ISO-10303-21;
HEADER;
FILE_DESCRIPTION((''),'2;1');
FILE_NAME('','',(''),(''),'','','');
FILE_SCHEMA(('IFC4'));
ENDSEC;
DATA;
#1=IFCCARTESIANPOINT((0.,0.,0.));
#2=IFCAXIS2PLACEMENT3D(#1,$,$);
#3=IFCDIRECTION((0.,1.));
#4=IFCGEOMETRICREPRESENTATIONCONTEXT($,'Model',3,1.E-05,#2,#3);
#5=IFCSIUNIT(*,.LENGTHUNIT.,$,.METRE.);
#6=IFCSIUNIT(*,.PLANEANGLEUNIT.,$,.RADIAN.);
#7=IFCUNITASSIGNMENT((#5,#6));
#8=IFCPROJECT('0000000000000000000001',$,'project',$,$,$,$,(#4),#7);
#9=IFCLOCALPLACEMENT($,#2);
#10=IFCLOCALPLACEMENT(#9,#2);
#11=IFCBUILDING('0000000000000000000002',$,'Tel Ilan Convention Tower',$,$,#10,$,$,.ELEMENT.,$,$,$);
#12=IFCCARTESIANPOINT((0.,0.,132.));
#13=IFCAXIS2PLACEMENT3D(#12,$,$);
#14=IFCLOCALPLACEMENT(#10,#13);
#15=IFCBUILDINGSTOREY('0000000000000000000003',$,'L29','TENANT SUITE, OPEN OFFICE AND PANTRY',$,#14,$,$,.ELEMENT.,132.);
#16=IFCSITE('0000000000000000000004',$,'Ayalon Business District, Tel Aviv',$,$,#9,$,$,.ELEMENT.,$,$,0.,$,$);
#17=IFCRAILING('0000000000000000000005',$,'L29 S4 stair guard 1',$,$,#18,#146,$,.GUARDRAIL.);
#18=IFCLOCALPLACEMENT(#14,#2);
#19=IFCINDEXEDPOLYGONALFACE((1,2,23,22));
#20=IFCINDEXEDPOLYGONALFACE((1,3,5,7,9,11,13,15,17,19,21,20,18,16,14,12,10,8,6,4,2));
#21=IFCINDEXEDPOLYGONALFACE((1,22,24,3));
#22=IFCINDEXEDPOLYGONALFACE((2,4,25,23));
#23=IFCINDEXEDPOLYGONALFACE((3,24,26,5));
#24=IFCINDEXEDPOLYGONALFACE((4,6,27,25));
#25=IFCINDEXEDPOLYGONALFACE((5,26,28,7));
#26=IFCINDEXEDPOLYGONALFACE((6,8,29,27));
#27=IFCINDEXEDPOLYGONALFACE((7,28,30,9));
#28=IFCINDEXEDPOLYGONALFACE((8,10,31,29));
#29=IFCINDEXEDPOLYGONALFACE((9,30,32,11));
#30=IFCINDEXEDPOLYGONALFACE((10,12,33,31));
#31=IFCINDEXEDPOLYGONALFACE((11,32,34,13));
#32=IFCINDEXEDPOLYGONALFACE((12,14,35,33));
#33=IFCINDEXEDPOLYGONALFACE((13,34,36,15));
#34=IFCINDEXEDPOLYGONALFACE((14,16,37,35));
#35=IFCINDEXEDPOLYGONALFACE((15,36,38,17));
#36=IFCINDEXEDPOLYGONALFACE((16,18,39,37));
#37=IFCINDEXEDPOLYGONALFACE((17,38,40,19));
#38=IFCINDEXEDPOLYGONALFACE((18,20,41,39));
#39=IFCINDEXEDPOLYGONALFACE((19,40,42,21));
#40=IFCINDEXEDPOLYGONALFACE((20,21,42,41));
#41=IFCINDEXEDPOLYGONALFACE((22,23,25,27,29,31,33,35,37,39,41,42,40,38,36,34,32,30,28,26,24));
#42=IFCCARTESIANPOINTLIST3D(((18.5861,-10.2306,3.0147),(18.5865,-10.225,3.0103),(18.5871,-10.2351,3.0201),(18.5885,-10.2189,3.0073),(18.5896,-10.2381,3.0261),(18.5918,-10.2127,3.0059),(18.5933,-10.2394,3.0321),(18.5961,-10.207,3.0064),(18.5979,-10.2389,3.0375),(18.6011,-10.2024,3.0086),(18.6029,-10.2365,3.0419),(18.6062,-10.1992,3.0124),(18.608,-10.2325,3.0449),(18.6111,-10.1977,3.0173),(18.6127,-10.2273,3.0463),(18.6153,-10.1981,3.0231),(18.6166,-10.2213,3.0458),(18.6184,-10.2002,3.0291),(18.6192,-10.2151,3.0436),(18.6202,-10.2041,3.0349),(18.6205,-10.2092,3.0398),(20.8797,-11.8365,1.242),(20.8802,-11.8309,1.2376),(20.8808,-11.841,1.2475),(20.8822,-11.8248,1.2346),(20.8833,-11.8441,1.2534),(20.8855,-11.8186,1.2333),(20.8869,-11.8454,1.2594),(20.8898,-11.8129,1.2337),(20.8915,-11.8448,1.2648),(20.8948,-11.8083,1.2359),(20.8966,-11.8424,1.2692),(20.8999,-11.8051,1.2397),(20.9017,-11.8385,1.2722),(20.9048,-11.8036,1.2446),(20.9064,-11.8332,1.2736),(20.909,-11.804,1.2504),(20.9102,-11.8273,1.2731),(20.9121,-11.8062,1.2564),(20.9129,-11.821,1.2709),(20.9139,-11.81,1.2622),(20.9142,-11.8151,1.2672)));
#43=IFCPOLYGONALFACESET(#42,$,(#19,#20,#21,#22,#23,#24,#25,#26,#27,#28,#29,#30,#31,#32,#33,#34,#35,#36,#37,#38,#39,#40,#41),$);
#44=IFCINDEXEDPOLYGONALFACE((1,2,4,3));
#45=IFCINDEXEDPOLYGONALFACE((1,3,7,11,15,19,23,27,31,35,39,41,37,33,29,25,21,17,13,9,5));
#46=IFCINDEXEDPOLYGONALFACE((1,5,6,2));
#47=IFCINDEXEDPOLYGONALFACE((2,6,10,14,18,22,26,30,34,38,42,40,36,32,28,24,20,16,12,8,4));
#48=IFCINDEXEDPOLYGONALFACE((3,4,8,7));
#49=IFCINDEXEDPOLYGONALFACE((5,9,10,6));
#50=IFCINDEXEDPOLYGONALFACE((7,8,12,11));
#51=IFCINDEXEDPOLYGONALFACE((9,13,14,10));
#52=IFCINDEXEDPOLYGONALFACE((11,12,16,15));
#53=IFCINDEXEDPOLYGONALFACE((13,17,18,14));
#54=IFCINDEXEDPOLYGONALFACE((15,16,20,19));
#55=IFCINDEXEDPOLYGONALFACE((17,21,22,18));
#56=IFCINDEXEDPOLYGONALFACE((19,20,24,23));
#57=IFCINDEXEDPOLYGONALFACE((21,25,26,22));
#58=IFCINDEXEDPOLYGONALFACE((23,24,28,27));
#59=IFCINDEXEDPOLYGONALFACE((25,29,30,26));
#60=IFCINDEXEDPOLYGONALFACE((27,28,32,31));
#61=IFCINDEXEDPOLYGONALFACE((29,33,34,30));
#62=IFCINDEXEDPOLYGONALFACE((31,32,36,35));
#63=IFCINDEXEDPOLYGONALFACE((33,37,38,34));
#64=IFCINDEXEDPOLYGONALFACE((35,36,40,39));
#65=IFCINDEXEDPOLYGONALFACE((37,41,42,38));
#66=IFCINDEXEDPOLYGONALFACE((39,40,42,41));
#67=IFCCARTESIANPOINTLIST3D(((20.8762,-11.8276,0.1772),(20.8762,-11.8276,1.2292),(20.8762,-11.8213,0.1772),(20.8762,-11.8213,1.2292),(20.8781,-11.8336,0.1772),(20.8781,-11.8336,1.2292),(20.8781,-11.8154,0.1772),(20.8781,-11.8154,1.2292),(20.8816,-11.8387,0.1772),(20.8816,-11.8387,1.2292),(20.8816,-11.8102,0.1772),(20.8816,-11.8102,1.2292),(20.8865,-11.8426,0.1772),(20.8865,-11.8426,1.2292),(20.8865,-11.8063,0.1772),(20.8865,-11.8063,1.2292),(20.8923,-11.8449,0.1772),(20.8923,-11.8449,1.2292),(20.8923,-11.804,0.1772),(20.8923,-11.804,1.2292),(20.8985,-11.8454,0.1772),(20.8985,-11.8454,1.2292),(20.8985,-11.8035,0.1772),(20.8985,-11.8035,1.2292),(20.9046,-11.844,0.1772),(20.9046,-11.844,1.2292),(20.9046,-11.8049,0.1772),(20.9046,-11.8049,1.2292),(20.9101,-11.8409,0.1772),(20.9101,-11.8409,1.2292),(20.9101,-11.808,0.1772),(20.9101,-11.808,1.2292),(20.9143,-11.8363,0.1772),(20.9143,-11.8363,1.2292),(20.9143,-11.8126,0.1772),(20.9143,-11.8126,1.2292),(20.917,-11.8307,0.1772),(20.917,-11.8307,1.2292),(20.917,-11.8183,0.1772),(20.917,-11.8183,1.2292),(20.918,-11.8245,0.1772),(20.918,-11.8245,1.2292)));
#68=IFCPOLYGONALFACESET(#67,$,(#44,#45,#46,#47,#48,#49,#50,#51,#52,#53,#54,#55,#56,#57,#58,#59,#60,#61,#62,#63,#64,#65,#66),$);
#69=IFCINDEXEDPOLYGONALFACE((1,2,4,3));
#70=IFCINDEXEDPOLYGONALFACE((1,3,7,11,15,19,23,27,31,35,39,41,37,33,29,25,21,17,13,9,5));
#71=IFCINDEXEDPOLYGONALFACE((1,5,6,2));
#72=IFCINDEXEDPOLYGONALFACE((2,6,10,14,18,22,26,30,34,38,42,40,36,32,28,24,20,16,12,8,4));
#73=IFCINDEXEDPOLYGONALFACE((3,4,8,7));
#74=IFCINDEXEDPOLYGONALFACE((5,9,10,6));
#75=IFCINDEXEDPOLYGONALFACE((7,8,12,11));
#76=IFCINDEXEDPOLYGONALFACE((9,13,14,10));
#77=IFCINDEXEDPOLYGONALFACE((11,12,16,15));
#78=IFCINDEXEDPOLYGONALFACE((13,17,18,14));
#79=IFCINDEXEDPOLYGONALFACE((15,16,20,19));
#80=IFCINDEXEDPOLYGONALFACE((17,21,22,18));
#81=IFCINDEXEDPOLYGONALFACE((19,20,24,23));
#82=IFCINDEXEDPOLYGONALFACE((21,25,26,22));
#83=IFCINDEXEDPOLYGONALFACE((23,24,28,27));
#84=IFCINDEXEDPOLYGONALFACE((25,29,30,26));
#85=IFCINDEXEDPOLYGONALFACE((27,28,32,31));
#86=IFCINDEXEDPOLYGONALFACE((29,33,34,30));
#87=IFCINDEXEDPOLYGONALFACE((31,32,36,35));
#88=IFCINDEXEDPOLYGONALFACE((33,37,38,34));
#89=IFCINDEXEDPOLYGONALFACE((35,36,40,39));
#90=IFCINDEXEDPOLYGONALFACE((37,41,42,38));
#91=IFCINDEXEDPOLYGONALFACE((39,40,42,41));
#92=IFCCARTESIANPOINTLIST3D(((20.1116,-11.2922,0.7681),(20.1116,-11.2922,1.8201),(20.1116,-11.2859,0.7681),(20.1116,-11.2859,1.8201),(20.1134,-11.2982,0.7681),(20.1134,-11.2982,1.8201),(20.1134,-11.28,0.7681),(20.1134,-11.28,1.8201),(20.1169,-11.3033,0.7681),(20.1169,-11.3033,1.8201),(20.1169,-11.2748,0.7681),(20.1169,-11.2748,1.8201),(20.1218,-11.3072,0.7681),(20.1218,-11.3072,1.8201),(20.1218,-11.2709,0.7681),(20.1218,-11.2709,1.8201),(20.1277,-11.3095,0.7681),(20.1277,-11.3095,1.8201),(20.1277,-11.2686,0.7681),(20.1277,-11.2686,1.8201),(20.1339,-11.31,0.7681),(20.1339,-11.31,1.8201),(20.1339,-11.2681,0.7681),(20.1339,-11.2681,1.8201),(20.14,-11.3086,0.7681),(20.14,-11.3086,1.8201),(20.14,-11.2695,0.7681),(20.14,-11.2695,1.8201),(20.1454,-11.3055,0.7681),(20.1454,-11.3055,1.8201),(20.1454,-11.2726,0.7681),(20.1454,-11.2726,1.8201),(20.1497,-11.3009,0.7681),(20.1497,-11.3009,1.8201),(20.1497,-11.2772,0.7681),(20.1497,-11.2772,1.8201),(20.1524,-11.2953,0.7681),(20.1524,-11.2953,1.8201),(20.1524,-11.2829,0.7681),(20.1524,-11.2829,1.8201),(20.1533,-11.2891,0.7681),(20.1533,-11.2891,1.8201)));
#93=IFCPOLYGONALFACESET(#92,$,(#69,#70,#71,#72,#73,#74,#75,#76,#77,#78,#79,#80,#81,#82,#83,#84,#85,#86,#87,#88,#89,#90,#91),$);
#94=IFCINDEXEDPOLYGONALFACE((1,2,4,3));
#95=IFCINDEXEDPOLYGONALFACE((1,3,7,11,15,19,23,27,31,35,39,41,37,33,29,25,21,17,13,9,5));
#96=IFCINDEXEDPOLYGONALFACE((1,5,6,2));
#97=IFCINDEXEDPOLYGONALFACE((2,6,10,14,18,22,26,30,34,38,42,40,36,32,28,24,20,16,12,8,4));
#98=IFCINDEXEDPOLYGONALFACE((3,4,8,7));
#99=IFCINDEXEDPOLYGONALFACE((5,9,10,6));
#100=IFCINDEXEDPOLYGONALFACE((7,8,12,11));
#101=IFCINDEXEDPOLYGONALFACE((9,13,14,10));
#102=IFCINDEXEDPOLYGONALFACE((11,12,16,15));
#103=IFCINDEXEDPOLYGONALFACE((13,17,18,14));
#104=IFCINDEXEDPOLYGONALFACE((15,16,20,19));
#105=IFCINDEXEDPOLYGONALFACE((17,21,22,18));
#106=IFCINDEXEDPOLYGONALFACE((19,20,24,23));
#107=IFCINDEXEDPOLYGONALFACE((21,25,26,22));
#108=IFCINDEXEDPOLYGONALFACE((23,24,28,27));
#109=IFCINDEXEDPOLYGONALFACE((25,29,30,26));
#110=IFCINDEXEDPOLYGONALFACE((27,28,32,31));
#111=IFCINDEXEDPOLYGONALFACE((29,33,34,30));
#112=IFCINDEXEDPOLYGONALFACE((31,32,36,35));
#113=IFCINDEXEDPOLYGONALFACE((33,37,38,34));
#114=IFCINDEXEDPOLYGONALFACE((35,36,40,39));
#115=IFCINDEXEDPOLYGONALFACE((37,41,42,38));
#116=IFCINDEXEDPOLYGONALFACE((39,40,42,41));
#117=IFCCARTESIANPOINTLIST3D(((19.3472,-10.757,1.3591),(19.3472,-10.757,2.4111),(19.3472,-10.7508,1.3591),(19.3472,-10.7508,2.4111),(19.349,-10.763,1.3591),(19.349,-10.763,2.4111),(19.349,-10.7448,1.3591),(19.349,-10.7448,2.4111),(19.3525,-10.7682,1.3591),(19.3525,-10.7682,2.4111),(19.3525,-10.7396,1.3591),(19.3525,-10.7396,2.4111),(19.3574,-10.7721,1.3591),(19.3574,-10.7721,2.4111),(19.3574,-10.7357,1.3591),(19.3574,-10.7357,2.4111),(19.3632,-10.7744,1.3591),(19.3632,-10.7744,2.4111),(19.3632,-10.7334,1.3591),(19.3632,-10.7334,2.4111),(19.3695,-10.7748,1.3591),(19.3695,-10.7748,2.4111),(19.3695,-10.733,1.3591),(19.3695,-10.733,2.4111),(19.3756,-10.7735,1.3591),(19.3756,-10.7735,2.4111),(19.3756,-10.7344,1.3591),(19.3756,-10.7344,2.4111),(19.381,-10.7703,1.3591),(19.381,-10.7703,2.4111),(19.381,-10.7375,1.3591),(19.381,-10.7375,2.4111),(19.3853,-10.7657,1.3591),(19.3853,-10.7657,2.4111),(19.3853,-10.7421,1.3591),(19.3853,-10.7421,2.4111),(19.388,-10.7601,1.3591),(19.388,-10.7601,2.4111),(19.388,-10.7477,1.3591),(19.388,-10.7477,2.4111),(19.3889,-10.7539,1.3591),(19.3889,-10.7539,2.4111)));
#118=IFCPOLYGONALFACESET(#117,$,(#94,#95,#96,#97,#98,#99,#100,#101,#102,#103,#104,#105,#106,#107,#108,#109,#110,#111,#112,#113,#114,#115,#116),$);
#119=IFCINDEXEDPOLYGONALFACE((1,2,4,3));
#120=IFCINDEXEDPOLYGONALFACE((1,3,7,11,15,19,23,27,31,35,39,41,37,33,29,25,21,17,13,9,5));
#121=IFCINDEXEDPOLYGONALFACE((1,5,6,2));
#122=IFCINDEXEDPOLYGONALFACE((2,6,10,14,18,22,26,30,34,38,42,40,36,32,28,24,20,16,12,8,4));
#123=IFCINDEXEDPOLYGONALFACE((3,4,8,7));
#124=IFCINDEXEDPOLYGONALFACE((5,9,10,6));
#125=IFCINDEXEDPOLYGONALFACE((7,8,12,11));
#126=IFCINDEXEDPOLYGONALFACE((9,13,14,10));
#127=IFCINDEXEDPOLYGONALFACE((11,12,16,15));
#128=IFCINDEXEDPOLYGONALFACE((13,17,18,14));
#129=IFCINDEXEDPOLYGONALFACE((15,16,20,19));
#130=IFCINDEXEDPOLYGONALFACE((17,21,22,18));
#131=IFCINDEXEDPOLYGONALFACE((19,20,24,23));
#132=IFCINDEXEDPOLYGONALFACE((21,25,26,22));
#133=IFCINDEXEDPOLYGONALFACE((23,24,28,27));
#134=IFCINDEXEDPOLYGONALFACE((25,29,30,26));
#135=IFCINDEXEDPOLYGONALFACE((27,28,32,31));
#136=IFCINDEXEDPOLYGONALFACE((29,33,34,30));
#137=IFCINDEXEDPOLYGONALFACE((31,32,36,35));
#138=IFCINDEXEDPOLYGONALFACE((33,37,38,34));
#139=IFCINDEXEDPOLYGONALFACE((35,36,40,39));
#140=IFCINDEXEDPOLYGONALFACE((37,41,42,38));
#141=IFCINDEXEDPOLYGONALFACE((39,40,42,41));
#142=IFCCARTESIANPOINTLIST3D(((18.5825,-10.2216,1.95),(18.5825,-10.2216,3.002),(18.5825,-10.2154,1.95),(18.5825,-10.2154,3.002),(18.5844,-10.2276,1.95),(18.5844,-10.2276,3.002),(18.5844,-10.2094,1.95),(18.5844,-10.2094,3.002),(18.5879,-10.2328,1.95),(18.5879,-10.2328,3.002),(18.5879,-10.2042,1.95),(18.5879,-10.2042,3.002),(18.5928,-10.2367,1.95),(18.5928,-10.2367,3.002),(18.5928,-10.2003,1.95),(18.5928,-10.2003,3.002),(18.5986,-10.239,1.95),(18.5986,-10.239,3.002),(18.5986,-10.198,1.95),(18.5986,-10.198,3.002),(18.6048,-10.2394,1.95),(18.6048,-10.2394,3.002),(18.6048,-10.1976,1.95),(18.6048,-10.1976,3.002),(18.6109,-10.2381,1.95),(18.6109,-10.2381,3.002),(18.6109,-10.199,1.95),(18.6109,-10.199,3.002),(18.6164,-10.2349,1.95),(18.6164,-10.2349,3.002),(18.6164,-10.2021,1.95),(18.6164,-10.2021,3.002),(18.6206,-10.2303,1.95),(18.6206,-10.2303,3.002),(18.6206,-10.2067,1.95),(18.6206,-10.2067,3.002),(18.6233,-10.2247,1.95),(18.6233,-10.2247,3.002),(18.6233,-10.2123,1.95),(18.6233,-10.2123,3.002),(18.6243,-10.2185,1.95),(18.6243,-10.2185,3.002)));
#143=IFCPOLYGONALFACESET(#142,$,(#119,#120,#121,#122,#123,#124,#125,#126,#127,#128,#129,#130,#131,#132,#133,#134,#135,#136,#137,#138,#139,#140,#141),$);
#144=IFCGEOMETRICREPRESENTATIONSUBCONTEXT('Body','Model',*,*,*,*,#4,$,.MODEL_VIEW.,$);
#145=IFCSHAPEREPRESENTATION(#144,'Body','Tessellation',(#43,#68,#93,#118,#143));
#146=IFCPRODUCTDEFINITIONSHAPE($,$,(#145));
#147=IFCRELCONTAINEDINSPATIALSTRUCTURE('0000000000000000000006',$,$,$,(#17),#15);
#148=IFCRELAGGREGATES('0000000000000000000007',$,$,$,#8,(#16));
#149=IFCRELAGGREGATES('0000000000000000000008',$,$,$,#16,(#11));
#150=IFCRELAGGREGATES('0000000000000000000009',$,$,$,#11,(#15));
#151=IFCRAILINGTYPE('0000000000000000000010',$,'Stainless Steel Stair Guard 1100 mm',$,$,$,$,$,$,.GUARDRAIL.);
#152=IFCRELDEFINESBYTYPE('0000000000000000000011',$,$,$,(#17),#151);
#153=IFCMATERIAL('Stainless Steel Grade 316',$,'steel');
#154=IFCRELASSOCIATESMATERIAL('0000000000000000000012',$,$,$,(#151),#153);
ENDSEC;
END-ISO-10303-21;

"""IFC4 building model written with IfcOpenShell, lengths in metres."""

from ifc_helpers import new_model, si_unit, direction, frame, origin, origin_2d, place, context, subcontext, project, spatial, circle, extrude, material, type_object, element, save


model = new_model("IFC4")

# Units and contexts
model_context = context("Model", 3, precision=1e-05, world=origin(), true_north=direction((0.0, 1.0)))
body_context = subcontext(model_context, "Body", "Model", "MODEL_VIEW")
ifc_project = project(units=[si_unit("LENGTHUNIT", "METRE"), si_unit("PLANEANGLEUNIT", "RADIAN")], contexts=[model_context])

# Site, building, storey
site_placement = place(None, origin())
site = spatial("IfcSite", under=ifc_project, at=site_placement, Name="Ayalon Business District, Tel Aviv", CompositionType="ELEMENT", RefElevation=0.0)
building_placement = place(site_placement, origin())
building = spatial("IfcBuilding", under=site, at=building_placement, Name="Tel Ilan Convention Tower", CompositionType="ELEMENT")
storey_placement = place(building_placement, frame((0.0, 0.0, 132.0)))
storey = spatial("IfcBuildingStorey", under=building, at=storey_placement, Name="L29", Description="TENANT SUITE, OPEN OFFICE AND PANTRY", CompositionType="ELEMENT", Elevation=132.0)

# Railing
ifc_material_1 = material(Name="Stainless Steel Grade 316", Category="steel")
railing_type_1 = type_object("IfcRailingType", Name="Stainless Steel Stair Guard 1100 mm", PredefinedType="GUARDRAIL", material=ifc_material_1)
railing_1_placement = place(storey_placement, frame((20.897, -11.8245, 0.1772)))
element("IfcRailing", 1, at=railing_1_placement, inside=storey, type_object=railing_type_1, Name="L29 S4 stair guard 1", PredefinedType="GUARDRAIL", context=body_context, shape_type="SweptSolid", body=[
    extrude(circle(Radius=0.0239, at=origin_2d()), frame((0.0, 0.0, 1.0762), z_axis=(-0.692123, 0.484597, 0.534913), x_axis=(-0.57355, -0.81917, 0.0)), (0.0, 0.0, 1.0), 3.314),
    extrude(circle(Radius=0.021, at=origin_2d()), origin(), (0.0, 0.0, 1.0), 1.052),
    extrude(circle(Radius=0.021, at=origin_2d()), frame((-0.7646, 0.5354, 0.5908)), (0.0, 0.0, 1.0), 1.052),
    extrude(circle(Radius=0.021, at=origin_2d()), frame((-1.5291, 1.0706, 1.1819)), (0.0, 0.0, 1.0), 1.052),
    extrude(circle(Radius=0.021, at=origin_2d()), frame((-2.2937, 1.606, 1.7727)), (0.0, 0.0, 1.0), 1.052),
])

save(model, "model.ifc")
